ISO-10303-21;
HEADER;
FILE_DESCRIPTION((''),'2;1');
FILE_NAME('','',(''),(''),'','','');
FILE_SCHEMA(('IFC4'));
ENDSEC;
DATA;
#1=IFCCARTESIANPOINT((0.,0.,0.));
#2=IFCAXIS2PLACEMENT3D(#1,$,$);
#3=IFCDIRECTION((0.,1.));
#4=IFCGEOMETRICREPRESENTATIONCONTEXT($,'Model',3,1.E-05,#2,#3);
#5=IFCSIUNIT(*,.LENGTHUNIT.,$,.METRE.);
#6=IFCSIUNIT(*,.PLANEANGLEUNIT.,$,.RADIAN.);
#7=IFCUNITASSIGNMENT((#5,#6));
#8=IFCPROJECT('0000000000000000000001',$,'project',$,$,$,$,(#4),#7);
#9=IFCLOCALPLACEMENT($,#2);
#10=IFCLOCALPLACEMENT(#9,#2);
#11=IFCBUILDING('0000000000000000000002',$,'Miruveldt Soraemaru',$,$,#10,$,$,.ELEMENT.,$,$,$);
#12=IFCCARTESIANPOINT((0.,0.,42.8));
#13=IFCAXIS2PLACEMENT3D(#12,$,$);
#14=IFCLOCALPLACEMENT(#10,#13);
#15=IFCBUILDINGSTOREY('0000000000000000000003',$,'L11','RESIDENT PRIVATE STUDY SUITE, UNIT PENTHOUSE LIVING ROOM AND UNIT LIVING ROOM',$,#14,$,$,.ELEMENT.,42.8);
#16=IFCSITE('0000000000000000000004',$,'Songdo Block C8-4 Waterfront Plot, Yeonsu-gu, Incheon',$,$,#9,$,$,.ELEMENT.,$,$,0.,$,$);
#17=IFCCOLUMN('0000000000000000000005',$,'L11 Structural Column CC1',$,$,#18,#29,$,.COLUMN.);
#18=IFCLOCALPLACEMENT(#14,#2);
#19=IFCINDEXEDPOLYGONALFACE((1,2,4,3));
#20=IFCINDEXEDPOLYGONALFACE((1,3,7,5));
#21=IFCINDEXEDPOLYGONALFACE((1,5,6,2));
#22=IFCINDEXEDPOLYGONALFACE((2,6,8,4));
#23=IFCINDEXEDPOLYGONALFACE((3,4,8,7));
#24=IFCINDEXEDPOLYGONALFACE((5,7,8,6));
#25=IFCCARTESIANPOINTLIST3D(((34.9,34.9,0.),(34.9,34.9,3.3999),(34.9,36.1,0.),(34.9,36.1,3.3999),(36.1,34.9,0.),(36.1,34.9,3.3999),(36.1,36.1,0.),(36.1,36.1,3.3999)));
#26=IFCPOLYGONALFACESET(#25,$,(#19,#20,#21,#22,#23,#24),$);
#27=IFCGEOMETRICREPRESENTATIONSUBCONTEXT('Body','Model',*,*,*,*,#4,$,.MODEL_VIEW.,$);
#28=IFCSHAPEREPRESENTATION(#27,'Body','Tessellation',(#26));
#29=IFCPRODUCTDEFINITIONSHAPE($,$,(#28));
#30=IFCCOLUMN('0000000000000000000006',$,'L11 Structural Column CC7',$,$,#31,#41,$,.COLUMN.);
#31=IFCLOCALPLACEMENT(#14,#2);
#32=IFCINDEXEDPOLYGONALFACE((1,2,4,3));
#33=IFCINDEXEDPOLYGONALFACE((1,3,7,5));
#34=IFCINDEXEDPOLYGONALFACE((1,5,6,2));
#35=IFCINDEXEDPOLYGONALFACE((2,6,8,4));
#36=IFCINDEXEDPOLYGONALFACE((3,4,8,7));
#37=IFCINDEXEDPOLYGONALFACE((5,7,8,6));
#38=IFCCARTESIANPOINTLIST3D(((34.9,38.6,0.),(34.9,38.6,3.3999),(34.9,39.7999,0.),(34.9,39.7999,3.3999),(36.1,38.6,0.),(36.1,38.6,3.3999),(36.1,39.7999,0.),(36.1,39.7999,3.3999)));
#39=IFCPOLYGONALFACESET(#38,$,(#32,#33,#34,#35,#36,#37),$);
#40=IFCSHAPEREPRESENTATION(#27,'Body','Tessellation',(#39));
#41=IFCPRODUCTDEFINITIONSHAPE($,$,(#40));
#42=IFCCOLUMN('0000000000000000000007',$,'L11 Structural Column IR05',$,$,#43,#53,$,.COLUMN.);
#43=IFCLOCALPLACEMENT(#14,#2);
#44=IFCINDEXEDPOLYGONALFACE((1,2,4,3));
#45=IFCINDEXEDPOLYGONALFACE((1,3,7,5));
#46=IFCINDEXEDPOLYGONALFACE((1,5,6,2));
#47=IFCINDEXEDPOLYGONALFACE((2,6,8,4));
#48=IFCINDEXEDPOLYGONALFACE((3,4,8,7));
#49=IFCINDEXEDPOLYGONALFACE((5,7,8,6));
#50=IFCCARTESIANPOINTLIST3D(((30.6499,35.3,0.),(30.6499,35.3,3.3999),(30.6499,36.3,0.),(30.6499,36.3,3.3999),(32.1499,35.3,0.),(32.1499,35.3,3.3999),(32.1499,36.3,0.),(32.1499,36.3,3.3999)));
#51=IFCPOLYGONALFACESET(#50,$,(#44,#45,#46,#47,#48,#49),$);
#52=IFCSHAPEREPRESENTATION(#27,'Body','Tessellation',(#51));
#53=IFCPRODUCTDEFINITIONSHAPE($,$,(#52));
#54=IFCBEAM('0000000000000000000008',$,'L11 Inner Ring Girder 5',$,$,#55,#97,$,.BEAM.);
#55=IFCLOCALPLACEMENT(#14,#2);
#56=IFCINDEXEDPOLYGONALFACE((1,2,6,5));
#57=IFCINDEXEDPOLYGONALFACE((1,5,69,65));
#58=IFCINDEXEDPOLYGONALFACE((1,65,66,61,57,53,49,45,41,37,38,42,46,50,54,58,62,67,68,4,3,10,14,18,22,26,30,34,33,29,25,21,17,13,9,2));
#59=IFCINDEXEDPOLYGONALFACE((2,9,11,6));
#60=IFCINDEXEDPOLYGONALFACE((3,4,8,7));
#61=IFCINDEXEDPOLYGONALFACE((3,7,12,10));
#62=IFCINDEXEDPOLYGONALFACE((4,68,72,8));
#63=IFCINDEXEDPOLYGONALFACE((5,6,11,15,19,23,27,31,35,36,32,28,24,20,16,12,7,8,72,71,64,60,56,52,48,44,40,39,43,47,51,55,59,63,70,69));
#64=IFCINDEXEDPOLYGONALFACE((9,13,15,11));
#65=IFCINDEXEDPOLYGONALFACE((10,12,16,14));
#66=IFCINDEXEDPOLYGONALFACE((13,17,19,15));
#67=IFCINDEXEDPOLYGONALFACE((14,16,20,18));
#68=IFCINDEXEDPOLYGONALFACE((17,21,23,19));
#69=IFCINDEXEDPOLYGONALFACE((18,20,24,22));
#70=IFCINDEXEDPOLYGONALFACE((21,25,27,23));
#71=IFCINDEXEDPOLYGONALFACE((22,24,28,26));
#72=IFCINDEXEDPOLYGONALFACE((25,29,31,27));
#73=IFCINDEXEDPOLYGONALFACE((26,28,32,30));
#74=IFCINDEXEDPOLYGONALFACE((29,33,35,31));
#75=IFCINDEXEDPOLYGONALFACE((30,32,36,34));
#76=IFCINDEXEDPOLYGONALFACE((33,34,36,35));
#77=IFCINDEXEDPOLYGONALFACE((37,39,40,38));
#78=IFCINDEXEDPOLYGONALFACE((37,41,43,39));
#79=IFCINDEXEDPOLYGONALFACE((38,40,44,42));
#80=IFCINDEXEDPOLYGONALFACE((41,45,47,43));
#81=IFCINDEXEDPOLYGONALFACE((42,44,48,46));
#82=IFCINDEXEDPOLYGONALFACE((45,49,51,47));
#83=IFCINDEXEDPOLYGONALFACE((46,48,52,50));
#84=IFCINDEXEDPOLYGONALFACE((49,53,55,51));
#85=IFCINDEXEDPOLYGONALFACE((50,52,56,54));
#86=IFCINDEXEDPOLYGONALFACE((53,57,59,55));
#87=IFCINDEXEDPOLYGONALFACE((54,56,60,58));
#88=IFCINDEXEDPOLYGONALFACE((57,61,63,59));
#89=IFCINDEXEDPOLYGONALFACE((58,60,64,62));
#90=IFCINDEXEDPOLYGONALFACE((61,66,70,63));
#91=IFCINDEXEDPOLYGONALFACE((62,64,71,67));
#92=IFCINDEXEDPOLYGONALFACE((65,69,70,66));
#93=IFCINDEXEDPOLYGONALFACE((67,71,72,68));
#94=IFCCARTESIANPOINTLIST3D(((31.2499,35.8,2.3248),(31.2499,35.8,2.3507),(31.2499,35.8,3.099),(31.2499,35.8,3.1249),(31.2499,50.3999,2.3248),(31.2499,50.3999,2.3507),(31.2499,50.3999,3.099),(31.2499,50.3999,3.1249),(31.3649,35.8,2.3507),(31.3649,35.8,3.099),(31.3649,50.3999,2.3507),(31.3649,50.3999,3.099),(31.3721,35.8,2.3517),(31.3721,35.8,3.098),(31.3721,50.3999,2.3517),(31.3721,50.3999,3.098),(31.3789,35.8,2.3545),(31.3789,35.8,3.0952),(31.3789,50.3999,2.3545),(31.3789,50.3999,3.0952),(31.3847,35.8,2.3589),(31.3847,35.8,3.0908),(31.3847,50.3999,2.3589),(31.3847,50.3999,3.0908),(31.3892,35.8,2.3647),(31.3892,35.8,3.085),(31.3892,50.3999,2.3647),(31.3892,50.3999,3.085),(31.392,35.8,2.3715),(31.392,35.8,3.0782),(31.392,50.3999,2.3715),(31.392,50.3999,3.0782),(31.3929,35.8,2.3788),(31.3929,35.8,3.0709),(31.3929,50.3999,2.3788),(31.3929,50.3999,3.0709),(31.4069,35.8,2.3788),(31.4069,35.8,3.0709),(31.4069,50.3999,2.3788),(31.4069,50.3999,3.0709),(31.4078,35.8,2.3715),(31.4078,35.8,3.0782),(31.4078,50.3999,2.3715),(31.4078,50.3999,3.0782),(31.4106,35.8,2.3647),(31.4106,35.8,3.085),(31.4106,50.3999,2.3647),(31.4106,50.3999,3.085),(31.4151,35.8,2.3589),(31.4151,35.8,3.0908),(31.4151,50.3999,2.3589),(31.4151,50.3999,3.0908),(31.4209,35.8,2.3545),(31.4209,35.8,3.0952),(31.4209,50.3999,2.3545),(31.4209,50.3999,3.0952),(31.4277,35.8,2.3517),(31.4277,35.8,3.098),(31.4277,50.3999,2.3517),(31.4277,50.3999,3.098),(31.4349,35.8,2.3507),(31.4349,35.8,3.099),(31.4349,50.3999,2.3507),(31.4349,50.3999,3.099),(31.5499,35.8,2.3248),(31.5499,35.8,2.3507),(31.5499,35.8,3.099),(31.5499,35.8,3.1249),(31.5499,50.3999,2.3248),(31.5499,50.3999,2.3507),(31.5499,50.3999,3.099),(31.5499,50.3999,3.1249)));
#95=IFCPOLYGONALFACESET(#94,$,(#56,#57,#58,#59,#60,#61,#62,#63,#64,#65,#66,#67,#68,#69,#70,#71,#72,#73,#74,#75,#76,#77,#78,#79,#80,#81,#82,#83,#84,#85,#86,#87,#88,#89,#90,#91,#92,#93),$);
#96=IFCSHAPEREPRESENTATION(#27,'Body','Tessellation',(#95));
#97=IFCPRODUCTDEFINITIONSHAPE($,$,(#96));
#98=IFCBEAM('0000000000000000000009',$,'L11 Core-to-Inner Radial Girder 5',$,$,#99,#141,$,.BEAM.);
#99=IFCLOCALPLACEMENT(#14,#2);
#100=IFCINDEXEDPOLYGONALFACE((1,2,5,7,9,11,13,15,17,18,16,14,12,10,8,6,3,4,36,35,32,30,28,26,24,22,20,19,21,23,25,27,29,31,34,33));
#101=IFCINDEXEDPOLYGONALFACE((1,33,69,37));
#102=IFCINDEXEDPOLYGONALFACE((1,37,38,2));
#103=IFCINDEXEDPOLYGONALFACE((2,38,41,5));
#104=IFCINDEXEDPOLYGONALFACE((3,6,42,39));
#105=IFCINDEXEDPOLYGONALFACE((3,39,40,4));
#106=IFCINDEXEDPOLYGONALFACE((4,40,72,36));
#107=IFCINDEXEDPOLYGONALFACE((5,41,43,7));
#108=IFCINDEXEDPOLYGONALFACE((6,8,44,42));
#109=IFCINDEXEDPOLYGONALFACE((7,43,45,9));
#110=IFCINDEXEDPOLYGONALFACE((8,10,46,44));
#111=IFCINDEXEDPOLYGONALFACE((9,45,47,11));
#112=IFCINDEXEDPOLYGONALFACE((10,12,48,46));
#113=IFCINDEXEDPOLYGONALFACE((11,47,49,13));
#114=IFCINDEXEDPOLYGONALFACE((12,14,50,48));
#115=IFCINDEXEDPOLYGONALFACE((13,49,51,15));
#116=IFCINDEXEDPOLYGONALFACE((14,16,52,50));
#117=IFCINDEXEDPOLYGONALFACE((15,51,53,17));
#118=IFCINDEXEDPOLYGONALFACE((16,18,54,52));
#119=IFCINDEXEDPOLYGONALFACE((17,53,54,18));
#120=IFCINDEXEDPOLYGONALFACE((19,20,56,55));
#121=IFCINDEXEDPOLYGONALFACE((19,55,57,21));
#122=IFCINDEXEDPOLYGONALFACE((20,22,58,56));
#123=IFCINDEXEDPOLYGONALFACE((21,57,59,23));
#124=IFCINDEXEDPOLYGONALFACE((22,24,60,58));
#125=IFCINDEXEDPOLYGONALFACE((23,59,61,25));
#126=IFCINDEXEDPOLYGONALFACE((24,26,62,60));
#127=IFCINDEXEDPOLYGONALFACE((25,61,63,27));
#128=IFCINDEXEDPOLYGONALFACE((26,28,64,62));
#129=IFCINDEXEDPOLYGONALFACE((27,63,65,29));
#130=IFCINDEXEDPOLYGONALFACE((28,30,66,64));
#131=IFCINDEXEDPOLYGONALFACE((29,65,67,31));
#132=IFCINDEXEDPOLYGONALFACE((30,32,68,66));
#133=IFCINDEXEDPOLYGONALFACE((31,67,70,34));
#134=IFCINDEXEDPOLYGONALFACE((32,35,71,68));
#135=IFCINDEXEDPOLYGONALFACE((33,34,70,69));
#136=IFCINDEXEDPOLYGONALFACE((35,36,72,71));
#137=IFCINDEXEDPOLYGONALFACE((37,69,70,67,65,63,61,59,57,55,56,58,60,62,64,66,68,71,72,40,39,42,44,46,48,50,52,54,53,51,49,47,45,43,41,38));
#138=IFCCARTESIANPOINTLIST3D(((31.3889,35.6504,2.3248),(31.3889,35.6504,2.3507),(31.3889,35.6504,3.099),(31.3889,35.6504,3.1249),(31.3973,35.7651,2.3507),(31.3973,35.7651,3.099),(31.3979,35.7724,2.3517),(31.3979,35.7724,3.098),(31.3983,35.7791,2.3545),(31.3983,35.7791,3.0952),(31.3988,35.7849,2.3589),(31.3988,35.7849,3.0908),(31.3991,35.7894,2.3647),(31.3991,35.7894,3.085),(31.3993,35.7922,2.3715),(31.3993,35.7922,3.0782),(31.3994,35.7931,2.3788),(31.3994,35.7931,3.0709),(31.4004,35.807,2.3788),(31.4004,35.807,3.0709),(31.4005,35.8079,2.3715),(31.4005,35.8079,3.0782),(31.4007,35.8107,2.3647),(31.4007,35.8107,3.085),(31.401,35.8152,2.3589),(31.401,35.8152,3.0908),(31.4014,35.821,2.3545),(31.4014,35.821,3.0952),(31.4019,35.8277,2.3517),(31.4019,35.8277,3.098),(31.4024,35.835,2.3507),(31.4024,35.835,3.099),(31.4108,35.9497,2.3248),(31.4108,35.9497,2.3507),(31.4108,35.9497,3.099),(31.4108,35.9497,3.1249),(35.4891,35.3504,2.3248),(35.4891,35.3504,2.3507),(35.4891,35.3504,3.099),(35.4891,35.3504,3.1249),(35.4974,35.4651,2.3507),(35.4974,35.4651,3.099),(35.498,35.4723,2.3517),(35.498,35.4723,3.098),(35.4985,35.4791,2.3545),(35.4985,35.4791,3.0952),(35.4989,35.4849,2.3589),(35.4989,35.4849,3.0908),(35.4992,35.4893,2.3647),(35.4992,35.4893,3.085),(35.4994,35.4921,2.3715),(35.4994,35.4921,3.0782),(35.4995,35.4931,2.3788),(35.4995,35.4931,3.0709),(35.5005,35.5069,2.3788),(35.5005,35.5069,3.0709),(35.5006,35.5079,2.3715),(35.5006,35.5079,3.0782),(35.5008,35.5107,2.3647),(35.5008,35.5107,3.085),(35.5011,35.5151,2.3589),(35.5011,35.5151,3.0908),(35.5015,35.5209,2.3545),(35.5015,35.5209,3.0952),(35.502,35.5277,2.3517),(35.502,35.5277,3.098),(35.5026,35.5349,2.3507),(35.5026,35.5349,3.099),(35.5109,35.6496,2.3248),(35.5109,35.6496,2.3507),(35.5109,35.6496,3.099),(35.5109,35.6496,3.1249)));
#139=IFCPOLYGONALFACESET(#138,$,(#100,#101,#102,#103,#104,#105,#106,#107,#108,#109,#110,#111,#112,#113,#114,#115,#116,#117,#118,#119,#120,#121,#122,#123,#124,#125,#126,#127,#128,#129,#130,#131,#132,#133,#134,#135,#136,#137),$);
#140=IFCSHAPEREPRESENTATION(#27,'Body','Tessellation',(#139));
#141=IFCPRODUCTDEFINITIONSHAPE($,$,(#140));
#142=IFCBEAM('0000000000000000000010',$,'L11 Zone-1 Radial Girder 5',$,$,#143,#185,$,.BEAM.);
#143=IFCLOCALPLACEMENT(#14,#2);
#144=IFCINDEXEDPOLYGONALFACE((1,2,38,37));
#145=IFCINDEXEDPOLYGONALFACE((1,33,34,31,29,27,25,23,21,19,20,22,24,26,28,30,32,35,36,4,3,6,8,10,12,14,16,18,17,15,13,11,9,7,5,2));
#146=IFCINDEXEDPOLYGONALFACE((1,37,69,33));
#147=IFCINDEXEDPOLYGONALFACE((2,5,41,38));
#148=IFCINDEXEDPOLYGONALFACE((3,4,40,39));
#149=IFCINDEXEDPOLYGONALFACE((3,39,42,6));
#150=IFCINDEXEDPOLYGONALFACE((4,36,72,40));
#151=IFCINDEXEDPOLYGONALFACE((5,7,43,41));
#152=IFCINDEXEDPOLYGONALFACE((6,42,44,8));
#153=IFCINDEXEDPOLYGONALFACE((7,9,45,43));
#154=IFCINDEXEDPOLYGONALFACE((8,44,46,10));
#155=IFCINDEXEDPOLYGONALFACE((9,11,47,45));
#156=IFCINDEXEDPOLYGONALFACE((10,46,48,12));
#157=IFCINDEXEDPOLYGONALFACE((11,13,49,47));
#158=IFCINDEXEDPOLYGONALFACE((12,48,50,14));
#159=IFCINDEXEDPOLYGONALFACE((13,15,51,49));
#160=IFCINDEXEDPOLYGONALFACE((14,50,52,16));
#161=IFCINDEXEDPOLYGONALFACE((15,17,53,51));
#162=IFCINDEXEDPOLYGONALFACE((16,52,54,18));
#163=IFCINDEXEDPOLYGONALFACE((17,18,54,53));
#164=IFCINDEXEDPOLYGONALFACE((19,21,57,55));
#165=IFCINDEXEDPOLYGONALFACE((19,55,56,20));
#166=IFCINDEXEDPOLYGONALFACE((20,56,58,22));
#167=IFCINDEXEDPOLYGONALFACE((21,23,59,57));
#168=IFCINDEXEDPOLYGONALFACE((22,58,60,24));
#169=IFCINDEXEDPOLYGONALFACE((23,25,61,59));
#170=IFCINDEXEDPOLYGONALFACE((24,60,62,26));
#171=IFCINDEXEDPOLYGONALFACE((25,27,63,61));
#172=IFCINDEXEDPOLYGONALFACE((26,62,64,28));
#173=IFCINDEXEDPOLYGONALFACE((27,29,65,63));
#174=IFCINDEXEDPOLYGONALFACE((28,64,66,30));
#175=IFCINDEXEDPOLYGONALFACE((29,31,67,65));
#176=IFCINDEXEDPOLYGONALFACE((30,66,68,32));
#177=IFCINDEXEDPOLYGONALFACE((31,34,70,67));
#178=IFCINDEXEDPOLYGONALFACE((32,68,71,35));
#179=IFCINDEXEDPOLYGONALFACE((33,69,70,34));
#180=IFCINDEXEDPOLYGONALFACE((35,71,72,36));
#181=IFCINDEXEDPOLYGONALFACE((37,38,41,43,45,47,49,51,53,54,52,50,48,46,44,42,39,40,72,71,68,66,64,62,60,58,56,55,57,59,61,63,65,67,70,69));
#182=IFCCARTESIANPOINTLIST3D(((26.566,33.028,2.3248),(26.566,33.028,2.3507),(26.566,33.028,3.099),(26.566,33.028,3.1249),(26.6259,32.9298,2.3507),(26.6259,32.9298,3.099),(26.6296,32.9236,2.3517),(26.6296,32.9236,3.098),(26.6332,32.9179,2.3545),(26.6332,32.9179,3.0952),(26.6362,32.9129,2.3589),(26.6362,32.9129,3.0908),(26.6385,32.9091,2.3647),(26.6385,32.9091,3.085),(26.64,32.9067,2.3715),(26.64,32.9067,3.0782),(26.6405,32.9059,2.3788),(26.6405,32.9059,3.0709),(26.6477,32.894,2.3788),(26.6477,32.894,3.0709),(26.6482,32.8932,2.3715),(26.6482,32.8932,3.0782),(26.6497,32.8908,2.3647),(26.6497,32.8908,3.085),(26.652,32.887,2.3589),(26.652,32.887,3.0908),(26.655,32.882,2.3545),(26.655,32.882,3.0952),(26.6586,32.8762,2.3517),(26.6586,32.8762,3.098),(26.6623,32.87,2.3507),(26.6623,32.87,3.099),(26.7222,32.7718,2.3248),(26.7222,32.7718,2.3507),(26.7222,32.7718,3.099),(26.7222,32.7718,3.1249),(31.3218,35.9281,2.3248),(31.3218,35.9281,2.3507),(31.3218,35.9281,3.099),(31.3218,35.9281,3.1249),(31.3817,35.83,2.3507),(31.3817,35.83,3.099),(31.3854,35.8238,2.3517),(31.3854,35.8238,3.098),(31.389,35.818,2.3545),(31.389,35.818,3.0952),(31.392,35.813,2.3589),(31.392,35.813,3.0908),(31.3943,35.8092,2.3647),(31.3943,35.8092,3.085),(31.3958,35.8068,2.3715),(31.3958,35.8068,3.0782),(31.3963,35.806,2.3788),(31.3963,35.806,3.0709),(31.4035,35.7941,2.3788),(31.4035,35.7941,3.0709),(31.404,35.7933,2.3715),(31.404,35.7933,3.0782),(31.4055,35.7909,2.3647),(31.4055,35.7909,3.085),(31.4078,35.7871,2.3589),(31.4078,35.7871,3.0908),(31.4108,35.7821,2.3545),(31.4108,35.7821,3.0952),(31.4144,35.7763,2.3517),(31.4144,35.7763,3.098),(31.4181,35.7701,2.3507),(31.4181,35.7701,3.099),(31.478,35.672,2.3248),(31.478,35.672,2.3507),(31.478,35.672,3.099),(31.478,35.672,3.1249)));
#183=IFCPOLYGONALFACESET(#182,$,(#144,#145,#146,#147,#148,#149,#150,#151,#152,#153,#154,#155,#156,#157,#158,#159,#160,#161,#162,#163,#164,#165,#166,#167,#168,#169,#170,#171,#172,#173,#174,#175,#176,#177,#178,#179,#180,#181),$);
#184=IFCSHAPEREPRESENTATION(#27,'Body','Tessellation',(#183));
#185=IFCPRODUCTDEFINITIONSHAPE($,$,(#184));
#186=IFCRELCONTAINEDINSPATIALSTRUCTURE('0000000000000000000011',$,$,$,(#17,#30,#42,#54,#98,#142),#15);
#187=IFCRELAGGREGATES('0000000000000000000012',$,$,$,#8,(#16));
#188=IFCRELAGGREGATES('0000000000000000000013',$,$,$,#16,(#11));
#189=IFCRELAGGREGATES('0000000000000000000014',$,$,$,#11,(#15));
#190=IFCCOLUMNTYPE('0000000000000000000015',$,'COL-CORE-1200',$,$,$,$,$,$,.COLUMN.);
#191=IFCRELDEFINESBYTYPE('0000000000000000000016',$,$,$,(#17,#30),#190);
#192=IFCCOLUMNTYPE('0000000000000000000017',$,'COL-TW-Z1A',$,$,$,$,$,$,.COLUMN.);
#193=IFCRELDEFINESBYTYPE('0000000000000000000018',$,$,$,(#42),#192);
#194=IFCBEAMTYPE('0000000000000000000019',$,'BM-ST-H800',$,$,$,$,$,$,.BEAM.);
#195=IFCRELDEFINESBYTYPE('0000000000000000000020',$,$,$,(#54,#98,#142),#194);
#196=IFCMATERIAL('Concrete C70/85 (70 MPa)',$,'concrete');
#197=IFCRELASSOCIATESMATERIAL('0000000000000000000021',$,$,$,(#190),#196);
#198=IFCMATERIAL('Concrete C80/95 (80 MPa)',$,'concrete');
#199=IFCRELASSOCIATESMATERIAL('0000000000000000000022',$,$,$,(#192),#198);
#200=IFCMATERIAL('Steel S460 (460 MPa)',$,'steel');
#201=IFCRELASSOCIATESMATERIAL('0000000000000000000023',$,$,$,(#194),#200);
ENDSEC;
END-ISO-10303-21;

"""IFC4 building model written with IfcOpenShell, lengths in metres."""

from ifc_helpers import new_model, si_unit, direction, frame, origin, origin_2d, place, context, subcontext, project, spatial, rectangle, i_section, extrude, material, material_profile, profile_set, type_object, element, save


model = new_model("IFC4")

# Units and contexts
model_context = context("Model", 3, precision=1e-05, world=origin(), true_north=direction((0.0, 1.0)))
body_context = subcontext(model_context, "Body", "Model", "MODEL_VIEW")
ifc_project = project(units=[si_unit("LENGTHUNIT", "METRE"), si_unit("PLANEANGLEUNIT", "RADIAN")], contexts=[model_context])

# Site, building, storey
site_placement = place(None, origin())
site = spatial("IfcSite", under=ifc_project, at=site_placement, Name="Songdo Block C8-4 Waterfront Plot, Yeonsu-gu, Incheon", CompositionType="ELEMENT", RefElevation=0.0)
building_placement = place(site_placement, origin())
building = spatial("IfcBuilding", under=site, at=building_placement, Name="Miruveldt Soraemaru", CompositionType="ELEMENT")
storey_placement = place(building_placement, frame((0.0, 0.0, 42.8)))
storey = spatial("IfcBuildingStorey", under=building, at=storey_placement, Name="L11", Description="RESIDENT PRIVATE STUDY SUITE, UNIT PENTHOUSE LIVING ROOM AND UNIT LIVING ROOM", CompositionType="ELEMENT", Elevation=42.8)

# Columns
ifc_material_1 = material(Name="Concrete C70/85 (70 MPa)", Category="concrete")
ifc_material_profile_1 = material_profile(ifc_material_1, rectangle(XDim=1.2, YDim=1.2, at=origin_2d()), Name="Concrete C70/85 (70 MPa)", Category="concrete")
ifc_profile_set_1 = profile_set([ifc_material_profile_1], Name="Concrete C70/85 (70 MPa)")
column_type_1 = type_object("IfcColumnType", Name="COL-CORE-1200", PredefinedType="COLUMN", material=ifc_profile_set_1)
for number, where, z_axis, x_axis, name in (
    (1, (35.5, 35.5, 0.0), (0.0, 0.0, 1.0), (1.0, 0.0, 0.0), "L11 Structural Column CC1"),
    (2, (35.5, 39.2, 0.0), (0.0, 0.0, 1.0), (1.0, 0.0, 0.0), "L11 Structural Column CC7"),
):
    element("IfcColumn", number, at=place(storey_placement, frame(where, z_axis=z_axis, x_axis=x_axis)), inside=storey, type_object=column_type_1, Name=name, PredefinedType="COLUMN", context=body_context, shape_type="SweptSolid", body=[
        extrude(rectangle(XDim=1.2, YDim=1.2, at=origin_2d()), origin(), (0.0, 0.0, 1.0), 3.3999),
    ])
ifc_material_2 = material(Name="Concrete C80/95 (80 MPa)", Category="concrete")
ifc_material_profile_2 = material_profile(ifc_material_2, rectangle(XDim=1.5, YDim=1.0, at=origin_2d()), Name="Concrete C80/95 (80 MPa)", Category="concrete")
ifc_profile_set_2 = profile_set([ifc_material_profile_2], Name="Concrete C80/95 (80 MPa)")
column_type_2 = type_object("IfcColumnType", Name="COL-TW-Z1A", PredefinedType="COLUMN", material=ifc_profile_set_2)
column_placement = place(storey_placement, frame((31.3999, 35.8, 0.0), z_axis=(0.0, 0.0, 1.0), x_axis=(1.0, 0.0, 0.0)))
element("IfcColumn", 3, at=column_placement, inside=storey, type_object=column_type_2, Name="L11 Structural Column IR05", PredefinedType="COLUMN", context=body_context, shape_type="SweptSolid", body=[
    extrude(rectangle(XDim=1.5, YDim=1.0, at=origin_2d()), origin(), (0.0, 0.0, 1.0), 3.3999),
])

# Beams
ifc_material_3 = material(Name="Steel S460 (460 MPa)", Category="steel")
ifc_material_profile_3 = material_profile(ifc_material_3, i_section(OverallWidth=0.3, OverallDepth=0.8, WebThickness=0.0139, FlangeThickness=0.0259, FilletRadius=0.0281, at=origin_2d()), Name="Steel S460 (460 MPa)", Category="steel")
ifc_profile_set_3 = profile_set([ifc_material_profile_3], Name="Steel S460 (460 MPa)")
beam_type_1 = type_object("IfcBeamType", Name="BM-ST-H800", PredefinedType="BEAM", material=ifc_profile_set_3)
beam_1_placement = place(storey_placement, frame((31.3999, 35.8, 2.7249), z_axis=(0.0, 1.0, 0.0), x_axis=(-1.0, 0.0, 0.0)))
element("IfcBeam", 4, at=beam_1_placement, inside=storey, type_object=beam_type_1, Name="L11 Inner Ring Girder 5", PredefinedType="BEAM", context=body_context, shape_type="SweptSolid", body=[
    extrude(i_section(OverallWidth=0.3, OverallDepth=0.8, WebThickness=0.0139, FlangeThickness=0.0259, FilletRadius=0.0281, at=origin_2d()), origin(), (0.0, 0.0, 1.0), 14.5999),
])
beam_2_placement = place(storey_placement, frame((35.5, 35.5, 2.7249), z_axis=(-0.997333, 0.072986, 0.0), x_axis=(-0.072986, -0.997333, 0.0)))
element("IfcBeam", 5, at=beam_2_placement, inside=storey, type_object=beam_type_1, Name="L11 Core-to-Inner Radial Girder 5", PredefinedType="BEAM", context=body_context, shape_type="SweptSolid", body=[
    extrude(i_section(OverallWidth=0.3, OverallDepth=0.8, WebThickness=0.0139, FlangeThickness=0.0259, FilletRadius=0.0281, at=origin_2d()), origin(), (0.0, 0.0, 1.0), 4.1111),
])
beam_3_placement = place(storey_placement, frame((31.3999, 35.8, 2.7249), z_axis=(-0.853778, -0.520638, 0.0), x_axis=(0.520638, -0.853778, 0.0)))
element("IfcBeam", 6, at=beam_3_placement, inside=storey, type_object=beam_type_1, Name="L11 Zone-1 Radial Girder 5", PredefinedType="BEAM", context=body_context, shape_type="SweptSolid", body=[
    extrude(i_section(OverallWidth=0.3, OverallDepth=0.8, WebThickness=0.0139, FlangeThickness=0.0259, FilletRadius=0.0281, at=origin_2d()), origin(), (0.0, 0.0, 1.0), 5.5703),
])

save(model, "model.ifc")
